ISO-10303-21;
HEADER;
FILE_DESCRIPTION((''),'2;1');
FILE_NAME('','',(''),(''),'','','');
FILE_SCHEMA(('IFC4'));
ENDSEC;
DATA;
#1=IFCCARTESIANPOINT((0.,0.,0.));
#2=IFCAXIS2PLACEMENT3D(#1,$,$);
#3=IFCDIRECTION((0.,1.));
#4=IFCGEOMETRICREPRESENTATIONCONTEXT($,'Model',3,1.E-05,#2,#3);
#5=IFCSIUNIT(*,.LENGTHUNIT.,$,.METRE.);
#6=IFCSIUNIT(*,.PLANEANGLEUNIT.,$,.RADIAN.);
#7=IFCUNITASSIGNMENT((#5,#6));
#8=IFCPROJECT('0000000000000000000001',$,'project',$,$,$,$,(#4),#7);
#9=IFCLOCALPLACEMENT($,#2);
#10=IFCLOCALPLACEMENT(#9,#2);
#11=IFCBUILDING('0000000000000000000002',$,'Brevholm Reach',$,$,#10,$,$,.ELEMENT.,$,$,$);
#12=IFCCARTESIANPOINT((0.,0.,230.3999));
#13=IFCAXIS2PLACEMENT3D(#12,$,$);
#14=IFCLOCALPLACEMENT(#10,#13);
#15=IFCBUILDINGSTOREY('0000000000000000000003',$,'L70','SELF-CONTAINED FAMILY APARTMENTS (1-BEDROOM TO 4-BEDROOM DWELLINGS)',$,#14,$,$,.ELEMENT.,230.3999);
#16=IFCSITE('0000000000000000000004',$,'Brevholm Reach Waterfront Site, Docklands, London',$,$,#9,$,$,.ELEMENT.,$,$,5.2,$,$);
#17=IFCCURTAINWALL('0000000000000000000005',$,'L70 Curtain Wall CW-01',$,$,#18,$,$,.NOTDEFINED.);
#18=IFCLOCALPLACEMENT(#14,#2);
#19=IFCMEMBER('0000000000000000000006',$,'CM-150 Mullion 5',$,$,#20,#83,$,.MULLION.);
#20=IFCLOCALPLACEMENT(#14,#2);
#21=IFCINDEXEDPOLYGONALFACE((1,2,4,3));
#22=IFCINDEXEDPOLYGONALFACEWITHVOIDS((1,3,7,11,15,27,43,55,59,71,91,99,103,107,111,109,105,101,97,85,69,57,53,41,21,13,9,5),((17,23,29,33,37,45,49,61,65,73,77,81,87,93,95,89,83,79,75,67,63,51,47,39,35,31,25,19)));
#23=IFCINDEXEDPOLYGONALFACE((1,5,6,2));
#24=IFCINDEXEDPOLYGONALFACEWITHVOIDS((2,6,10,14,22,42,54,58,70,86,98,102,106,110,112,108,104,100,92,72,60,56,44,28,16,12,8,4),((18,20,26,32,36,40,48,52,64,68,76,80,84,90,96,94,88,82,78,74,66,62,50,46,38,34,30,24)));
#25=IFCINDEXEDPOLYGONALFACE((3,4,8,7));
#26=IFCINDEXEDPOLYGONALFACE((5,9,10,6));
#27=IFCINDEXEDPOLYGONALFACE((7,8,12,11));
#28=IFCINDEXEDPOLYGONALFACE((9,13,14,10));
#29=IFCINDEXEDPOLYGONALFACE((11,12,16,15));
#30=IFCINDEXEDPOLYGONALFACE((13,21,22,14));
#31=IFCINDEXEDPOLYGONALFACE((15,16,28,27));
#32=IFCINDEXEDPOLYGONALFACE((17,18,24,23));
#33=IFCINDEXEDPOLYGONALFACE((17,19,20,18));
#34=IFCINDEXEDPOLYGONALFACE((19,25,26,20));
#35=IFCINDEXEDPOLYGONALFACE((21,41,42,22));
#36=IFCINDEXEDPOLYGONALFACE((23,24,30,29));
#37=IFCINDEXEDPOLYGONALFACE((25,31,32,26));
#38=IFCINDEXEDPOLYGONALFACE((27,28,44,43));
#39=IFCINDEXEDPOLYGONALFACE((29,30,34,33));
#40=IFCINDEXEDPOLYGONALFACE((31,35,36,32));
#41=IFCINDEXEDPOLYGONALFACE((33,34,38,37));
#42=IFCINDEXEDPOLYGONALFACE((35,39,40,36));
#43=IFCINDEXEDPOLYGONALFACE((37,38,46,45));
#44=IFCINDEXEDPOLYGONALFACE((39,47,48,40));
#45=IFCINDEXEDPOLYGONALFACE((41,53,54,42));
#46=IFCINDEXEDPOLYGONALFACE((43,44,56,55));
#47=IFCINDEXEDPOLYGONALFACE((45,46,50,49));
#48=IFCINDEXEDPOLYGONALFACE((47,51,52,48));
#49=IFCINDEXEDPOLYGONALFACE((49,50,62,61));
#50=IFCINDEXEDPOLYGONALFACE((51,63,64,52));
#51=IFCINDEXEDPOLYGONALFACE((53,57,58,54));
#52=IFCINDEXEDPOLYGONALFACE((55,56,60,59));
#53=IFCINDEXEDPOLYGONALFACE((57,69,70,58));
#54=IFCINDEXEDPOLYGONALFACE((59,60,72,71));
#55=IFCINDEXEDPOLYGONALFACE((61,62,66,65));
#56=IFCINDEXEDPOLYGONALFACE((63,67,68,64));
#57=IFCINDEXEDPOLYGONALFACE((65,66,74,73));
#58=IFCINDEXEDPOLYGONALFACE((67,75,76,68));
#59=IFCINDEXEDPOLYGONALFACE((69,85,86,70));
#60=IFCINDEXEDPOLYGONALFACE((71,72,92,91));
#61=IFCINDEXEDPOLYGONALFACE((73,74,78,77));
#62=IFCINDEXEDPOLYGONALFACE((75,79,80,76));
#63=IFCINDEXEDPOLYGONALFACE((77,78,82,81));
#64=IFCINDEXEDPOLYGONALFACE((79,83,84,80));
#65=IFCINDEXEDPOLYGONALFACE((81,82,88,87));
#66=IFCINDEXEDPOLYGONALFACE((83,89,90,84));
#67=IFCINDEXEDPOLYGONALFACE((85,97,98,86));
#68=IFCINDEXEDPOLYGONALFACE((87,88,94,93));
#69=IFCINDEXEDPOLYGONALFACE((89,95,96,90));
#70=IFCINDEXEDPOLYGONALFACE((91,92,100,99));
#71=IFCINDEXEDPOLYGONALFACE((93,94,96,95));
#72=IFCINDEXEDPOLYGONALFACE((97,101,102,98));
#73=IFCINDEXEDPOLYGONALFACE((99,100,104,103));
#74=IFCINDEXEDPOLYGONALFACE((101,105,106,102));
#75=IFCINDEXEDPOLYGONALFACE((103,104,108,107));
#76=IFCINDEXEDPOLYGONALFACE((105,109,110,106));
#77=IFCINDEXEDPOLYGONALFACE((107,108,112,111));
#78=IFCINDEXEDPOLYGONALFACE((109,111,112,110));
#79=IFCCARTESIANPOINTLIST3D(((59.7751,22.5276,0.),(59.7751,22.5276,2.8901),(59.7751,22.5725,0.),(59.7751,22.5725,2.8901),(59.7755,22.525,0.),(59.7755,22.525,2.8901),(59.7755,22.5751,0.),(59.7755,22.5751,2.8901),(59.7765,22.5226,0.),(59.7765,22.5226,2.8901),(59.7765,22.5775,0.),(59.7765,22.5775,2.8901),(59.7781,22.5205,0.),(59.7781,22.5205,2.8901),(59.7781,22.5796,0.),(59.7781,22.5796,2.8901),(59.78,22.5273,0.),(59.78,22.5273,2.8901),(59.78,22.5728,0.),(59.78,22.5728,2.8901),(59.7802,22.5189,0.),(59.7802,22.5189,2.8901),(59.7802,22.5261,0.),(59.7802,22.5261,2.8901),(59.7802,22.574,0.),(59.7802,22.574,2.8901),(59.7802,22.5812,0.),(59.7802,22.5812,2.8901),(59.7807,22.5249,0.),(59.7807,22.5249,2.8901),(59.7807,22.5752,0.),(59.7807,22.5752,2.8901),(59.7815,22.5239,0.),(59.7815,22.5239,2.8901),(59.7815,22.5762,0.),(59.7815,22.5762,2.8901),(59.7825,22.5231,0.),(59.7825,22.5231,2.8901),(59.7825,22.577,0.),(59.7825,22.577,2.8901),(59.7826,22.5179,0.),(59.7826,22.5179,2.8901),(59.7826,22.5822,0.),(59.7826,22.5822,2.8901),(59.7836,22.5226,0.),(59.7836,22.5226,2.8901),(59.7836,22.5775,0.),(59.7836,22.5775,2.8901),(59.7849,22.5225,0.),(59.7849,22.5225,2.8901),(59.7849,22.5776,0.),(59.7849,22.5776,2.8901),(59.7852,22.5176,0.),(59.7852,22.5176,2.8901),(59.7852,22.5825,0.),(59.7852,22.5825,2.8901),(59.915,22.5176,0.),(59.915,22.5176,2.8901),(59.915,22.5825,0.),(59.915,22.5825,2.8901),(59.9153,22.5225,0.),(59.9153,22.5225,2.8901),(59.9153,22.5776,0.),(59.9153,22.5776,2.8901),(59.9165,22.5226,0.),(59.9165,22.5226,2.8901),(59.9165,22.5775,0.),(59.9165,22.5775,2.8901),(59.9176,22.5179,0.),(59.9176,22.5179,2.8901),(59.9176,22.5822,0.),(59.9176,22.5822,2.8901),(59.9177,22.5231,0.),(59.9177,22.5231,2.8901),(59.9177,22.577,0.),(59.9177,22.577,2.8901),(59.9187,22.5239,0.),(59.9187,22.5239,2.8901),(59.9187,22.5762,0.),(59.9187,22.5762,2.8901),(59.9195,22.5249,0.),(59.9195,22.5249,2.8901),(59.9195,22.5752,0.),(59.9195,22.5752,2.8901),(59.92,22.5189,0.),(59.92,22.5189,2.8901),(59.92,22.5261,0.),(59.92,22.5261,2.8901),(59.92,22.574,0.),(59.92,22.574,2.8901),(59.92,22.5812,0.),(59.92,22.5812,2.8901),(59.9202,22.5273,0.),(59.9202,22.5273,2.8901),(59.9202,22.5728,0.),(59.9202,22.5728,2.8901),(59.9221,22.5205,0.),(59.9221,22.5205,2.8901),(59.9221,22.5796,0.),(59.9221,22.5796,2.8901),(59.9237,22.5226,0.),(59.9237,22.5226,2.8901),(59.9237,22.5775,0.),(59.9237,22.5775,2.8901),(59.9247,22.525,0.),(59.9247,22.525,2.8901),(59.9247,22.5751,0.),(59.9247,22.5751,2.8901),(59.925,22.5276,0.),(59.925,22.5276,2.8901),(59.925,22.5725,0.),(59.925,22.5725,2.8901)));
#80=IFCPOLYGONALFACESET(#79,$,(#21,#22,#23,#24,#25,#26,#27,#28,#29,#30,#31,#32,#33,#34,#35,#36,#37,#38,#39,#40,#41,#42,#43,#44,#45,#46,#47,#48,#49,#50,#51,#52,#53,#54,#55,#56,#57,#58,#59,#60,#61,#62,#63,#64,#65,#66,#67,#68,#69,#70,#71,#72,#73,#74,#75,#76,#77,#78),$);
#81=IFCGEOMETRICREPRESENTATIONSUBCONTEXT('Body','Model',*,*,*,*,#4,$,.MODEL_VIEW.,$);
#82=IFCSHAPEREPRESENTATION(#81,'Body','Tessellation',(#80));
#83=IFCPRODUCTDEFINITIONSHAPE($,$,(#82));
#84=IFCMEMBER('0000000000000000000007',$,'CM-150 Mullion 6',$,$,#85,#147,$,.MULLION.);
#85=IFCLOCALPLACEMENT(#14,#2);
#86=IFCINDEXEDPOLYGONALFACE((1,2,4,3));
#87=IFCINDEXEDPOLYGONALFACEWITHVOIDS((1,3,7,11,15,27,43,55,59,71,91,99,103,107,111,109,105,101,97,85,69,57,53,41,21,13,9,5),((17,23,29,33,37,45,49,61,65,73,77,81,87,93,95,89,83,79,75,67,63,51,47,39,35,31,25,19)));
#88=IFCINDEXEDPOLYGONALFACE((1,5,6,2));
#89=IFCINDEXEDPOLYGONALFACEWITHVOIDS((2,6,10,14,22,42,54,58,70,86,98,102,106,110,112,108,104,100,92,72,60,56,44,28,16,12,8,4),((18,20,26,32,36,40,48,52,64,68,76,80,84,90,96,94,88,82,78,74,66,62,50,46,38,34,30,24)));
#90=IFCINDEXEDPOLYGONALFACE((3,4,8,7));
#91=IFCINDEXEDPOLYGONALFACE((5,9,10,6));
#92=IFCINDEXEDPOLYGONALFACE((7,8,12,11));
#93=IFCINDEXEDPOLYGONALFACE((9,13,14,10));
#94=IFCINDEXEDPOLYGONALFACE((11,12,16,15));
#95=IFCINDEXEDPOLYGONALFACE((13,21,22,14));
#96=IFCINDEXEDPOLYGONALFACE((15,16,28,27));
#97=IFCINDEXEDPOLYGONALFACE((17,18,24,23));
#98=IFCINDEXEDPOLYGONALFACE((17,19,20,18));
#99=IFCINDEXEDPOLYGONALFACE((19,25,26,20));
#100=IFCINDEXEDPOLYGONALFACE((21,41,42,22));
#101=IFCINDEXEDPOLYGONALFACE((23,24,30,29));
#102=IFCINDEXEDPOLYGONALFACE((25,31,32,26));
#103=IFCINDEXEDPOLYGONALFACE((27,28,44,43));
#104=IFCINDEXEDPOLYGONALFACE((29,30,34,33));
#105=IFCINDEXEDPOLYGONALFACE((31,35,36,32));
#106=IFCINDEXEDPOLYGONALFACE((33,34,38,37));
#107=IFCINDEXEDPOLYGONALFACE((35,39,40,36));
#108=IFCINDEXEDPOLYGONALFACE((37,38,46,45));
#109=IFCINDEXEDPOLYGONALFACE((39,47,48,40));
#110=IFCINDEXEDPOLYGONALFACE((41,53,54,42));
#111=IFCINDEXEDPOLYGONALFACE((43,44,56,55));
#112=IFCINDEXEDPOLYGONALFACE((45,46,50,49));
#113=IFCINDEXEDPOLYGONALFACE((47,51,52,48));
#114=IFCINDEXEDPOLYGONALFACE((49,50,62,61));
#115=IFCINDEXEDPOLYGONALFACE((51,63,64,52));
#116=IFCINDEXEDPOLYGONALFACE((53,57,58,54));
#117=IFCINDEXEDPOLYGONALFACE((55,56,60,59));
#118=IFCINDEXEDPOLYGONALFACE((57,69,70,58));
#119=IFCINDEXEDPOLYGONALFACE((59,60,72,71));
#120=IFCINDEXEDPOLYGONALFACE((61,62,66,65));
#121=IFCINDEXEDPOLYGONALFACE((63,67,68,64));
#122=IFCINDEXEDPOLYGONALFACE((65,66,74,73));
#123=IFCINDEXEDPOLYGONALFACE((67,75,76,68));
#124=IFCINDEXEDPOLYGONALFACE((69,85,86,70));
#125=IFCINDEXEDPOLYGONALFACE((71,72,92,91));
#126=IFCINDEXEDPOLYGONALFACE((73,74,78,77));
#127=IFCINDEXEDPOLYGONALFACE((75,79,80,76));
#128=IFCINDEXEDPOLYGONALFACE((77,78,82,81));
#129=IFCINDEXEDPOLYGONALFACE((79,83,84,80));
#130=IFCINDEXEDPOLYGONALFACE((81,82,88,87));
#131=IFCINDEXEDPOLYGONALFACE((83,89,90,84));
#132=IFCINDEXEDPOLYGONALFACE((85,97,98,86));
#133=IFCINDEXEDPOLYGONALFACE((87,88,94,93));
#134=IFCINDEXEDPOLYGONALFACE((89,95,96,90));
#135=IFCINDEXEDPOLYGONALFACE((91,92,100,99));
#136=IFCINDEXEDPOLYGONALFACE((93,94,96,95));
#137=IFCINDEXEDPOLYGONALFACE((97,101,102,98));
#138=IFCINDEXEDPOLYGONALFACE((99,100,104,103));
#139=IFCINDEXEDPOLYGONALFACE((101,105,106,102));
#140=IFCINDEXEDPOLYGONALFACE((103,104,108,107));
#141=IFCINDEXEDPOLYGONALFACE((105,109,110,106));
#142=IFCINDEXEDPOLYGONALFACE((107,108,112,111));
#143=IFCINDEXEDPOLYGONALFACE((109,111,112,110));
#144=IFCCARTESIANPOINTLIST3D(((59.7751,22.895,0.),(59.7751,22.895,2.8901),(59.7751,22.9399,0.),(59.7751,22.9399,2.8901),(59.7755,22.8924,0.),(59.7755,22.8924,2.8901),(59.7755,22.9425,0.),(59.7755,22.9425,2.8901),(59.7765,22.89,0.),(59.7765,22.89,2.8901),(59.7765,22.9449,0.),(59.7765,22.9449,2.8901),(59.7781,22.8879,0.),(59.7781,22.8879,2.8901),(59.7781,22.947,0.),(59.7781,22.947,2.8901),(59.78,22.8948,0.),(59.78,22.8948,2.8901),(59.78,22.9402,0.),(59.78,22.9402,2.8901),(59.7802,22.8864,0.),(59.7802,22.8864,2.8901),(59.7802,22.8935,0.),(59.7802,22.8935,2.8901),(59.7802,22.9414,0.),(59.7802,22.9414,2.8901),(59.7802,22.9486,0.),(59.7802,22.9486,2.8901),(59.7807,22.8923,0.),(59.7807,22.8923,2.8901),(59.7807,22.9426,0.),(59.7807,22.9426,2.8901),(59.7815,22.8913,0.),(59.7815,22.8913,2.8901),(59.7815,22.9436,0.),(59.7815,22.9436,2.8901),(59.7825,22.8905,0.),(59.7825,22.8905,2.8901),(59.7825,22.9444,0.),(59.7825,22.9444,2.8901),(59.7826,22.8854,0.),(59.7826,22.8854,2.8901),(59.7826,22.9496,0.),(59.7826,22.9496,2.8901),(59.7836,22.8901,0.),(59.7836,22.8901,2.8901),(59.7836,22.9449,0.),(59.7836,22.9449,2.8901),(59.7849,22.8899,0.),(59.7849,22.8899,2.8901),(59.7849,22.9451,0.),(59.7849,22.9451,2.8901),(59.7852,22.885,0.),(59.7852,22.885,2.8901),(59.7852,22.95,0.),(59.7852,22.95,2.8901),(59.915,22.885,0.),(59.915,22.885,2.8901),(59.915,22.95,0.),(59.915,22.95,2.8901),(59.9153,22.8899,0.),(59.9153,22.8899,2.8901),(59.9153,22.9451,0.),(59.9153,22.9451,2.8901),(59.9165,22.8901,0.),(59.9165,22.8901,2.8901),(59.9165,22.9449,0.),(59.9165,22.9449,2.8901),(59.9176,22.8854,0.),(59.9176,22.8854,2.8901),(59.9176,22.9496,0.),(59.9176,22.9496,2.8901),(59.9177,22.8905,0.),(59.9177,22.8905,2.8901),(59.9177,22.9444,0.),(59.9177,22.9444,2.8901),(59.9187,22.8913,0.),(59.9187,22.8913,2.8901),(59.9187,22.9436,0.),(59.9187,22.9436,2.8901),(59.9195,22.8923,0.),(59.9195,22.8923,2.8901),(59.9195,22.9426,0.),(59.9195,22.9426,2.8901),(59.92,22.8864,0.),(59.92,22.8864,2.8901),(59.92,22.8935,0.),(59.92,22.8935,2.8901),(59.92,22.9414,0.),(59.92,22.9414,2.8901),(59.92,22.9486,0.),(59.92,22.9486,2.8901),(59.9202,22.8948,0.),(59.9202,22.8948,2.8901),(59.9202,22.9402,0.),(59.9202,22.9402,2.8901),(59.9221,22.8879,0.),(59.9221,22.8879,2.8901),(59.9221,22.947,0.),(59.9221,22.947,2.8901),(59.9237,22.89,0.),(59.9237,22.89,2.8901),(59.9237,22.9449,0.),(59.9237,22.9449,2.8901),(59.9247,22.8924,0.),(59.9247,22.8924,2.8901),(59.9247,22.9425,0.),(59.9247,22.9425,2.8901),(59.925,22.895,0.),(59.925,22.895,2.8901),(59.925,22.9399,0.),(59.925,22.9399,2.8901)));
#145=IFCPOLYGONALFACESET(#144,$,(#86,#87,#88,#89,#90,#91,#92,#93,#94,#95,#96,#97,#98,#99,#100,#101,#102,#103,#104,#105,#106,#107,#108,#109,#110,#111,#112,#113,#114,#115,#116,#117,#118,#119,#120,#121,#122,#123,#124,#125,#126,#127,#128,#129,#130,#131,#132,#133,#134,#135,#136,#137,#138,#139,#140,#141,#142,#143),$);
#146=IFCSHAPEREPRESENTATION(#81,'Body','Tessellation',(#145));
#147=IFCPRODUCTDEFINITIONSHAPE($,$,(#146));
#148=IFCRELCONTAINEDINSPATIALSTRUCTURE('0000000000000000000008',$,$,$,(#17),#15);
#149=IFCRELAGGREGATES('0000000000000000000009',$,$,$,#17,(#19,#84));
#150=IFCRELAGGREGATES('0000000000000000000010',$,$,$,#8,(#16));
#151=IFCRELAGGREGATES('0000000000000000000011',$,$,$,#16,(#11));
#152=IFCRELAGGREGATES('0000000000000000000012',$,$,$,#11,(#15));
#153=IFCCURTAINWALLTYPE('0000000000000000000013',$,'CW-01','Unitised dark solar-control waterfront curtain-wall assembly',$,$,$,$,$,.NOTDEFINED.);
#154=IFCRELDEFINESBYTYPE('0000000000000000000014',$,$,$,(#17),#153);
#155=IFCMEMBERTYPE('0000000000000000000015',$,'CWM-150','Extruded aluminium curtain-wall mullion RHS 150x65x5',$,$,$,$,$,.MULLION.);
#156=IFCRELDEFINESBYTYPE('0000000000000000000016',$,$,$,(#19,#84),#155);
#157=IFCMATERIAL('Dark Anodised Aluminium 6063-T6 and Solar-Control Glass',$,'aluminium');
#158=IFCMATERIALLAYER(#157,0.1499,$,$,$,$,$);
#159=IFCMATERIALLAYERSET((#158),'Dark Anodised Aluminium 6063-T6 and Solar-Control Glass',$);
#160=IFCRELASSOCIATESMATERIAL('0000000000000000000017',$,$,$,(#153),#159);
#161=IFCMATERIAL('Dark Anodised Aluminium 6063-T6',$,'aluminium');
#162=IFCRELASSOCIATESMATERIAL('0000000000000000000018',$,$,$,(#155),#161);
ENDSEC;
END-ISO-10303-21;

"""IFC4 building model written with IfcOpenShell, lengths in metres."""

from ifc_helpers import new_model, si_unit, direction, frame, origin, origin_2d, place, context, subcontext, project, spatial, hollow_rectangle, extrude, material, layer, layer_set, material_profile, profile_set, type_object, element, aggregate, save


model = new_model("IFC4")

# Units and contexts
model_context = context("Model", 3, precision=1e-05, world=origin(), true_north=direction((0.0, 1.0)))
body_context = subcontext(model_context, "Body", "Model", "MODEL_VIEW")
ifc_project = project(units=[si_unit("LENGTHUNIT", "METRE"), si_unit("PLANEANGLEUNIT", "RADIAN")], contexts=[model_context])

# Site, building, storey
site_placement = place(None, origin())
site = spatial("IfcSite", under=ifc_project, at=site_placement, Name="Brevholm Reach Waterfront Site, Docklands, London", CompositionType="ELEMENT", RefElevation=5.2)
building_placement = place(site_placement, origin())
building = spatial("IfcBuilding", under=site, at=building_placement, Name="Brevholm Reach", CompositionType="ELEMENT")
storey_placement = place(building_placement, frame((0.0, 0.0, 230.3999)))
storey = spatial("IfcBuildingStorey", under=building, at=storey_placement, Name="L70", Description="SELF-CONTAINED FAMILY APARTMENTS (1-BEDROOM TO 4-BEDROOM DWELLINGS)", CompositionType="ELEMENT", Elevation=230.3999)

# Curtain wall, members
ifc_material_1 = material(Name="Dark Anodised Aluminium 6063-T6 and Solar-Control Glass", Category="aluminium")
ifc_layer_1 = layer(ifc_material_1, 0.1499)
ifc_layer_set_1 = layer_set([ifc_layer_1], Name="Dark Anodised Aluminium 6063-T6 and Solar-Control Glass")
curtain_wall_type = type_object("IfcCurtainWallType", Name="CW-01", Description="Unitised dark solar-control waterfront curtain-wall assembly", PredefinedType="NOTDEFINED", material=ifc_layer_set_1)
curtain_wall_placement = place(storey_placement, origin())
curtain_wall = element("IfcCurtainWall", 1, at=curtain_wall_placement, inside=storey, type_object=curtain_wall_type, Name="L70 Curtain Wall CW-01", PredefinedType="NOTDEFINED")
ifc_material_2 = material(Name="Dark Anodised Aluminium 6063-T6", Category="aluminium")
ifc_material_profile_1 = material_profile(ifc_material_2, hollow_rectangle(XDim=0.0649, YDim=0.1499, WallThickness=0.0049, InnerFilletRadius=0.0049, OuterFilletRadius=0.01, at=origin_2d()), Name="RHS 150x65x5")
ifc_profile_set_1 = profile_set([ifc_material_profile_1], Name="Dark Anodised Aluminium 6063-T6")
member_type_1 = type_object("IfcMemberType", Name="CWM-150", Description="Extruded aluminium curtain-wall mullion RHS 150x65x5", PredefinedType="MULLION", material=ifc_profile_set_1)
member_1_placement = place(storey_placement, frame((59.8501, 22.55, 0.0), z_axis=(0.0, 0.0, 1.0), x_axis=(0.0, 1.0, 0.0)))
member_1 = element("IfcMember", 2, at=member_1_placement, type_object=member_type_1, Name="CM-150 Mullion 5", PredefinedType="MULLION", context=body_context, shape_type="SweptSolid", body=[
    extrude(hollow_rectangle(XDim=0.0649, YDim=0.1499, WallThickness=0.0049, InnerFilletRadius=0.0049, OuterFilletRadius=0.01, at=origin_2d()), origin(), (0.0, 0.0, 1.0), 2.8901),
])
member_2_placement = place(storey_placement, frame((59.8501, 22.9175, 0.0), z_axis=(0.0, 0.0, 1.0), x_axis=(0.0, 1.0, 0.0)))
member_2 = element("IfcMember", 3, at=member_2_placement, type_object=member_type_1, Name="CM-150 Mullion 6", PredefinedType="MULLION", context=body_context, shape_type="SweptSolid", body=[
    extrude(hollow_rectangle(XDim=0.0649, YDim=0.1499, WallThickness=0.0049, InnerFilletRadius=0.0049, OuterFilletRadius=0.01, at=origin_2d()), origin(), (0.0, 0.0, 1.0), 2.8901),
])
aggregate(curtain_wall, [member_1, member_2])

save(model, "model.ifc")
